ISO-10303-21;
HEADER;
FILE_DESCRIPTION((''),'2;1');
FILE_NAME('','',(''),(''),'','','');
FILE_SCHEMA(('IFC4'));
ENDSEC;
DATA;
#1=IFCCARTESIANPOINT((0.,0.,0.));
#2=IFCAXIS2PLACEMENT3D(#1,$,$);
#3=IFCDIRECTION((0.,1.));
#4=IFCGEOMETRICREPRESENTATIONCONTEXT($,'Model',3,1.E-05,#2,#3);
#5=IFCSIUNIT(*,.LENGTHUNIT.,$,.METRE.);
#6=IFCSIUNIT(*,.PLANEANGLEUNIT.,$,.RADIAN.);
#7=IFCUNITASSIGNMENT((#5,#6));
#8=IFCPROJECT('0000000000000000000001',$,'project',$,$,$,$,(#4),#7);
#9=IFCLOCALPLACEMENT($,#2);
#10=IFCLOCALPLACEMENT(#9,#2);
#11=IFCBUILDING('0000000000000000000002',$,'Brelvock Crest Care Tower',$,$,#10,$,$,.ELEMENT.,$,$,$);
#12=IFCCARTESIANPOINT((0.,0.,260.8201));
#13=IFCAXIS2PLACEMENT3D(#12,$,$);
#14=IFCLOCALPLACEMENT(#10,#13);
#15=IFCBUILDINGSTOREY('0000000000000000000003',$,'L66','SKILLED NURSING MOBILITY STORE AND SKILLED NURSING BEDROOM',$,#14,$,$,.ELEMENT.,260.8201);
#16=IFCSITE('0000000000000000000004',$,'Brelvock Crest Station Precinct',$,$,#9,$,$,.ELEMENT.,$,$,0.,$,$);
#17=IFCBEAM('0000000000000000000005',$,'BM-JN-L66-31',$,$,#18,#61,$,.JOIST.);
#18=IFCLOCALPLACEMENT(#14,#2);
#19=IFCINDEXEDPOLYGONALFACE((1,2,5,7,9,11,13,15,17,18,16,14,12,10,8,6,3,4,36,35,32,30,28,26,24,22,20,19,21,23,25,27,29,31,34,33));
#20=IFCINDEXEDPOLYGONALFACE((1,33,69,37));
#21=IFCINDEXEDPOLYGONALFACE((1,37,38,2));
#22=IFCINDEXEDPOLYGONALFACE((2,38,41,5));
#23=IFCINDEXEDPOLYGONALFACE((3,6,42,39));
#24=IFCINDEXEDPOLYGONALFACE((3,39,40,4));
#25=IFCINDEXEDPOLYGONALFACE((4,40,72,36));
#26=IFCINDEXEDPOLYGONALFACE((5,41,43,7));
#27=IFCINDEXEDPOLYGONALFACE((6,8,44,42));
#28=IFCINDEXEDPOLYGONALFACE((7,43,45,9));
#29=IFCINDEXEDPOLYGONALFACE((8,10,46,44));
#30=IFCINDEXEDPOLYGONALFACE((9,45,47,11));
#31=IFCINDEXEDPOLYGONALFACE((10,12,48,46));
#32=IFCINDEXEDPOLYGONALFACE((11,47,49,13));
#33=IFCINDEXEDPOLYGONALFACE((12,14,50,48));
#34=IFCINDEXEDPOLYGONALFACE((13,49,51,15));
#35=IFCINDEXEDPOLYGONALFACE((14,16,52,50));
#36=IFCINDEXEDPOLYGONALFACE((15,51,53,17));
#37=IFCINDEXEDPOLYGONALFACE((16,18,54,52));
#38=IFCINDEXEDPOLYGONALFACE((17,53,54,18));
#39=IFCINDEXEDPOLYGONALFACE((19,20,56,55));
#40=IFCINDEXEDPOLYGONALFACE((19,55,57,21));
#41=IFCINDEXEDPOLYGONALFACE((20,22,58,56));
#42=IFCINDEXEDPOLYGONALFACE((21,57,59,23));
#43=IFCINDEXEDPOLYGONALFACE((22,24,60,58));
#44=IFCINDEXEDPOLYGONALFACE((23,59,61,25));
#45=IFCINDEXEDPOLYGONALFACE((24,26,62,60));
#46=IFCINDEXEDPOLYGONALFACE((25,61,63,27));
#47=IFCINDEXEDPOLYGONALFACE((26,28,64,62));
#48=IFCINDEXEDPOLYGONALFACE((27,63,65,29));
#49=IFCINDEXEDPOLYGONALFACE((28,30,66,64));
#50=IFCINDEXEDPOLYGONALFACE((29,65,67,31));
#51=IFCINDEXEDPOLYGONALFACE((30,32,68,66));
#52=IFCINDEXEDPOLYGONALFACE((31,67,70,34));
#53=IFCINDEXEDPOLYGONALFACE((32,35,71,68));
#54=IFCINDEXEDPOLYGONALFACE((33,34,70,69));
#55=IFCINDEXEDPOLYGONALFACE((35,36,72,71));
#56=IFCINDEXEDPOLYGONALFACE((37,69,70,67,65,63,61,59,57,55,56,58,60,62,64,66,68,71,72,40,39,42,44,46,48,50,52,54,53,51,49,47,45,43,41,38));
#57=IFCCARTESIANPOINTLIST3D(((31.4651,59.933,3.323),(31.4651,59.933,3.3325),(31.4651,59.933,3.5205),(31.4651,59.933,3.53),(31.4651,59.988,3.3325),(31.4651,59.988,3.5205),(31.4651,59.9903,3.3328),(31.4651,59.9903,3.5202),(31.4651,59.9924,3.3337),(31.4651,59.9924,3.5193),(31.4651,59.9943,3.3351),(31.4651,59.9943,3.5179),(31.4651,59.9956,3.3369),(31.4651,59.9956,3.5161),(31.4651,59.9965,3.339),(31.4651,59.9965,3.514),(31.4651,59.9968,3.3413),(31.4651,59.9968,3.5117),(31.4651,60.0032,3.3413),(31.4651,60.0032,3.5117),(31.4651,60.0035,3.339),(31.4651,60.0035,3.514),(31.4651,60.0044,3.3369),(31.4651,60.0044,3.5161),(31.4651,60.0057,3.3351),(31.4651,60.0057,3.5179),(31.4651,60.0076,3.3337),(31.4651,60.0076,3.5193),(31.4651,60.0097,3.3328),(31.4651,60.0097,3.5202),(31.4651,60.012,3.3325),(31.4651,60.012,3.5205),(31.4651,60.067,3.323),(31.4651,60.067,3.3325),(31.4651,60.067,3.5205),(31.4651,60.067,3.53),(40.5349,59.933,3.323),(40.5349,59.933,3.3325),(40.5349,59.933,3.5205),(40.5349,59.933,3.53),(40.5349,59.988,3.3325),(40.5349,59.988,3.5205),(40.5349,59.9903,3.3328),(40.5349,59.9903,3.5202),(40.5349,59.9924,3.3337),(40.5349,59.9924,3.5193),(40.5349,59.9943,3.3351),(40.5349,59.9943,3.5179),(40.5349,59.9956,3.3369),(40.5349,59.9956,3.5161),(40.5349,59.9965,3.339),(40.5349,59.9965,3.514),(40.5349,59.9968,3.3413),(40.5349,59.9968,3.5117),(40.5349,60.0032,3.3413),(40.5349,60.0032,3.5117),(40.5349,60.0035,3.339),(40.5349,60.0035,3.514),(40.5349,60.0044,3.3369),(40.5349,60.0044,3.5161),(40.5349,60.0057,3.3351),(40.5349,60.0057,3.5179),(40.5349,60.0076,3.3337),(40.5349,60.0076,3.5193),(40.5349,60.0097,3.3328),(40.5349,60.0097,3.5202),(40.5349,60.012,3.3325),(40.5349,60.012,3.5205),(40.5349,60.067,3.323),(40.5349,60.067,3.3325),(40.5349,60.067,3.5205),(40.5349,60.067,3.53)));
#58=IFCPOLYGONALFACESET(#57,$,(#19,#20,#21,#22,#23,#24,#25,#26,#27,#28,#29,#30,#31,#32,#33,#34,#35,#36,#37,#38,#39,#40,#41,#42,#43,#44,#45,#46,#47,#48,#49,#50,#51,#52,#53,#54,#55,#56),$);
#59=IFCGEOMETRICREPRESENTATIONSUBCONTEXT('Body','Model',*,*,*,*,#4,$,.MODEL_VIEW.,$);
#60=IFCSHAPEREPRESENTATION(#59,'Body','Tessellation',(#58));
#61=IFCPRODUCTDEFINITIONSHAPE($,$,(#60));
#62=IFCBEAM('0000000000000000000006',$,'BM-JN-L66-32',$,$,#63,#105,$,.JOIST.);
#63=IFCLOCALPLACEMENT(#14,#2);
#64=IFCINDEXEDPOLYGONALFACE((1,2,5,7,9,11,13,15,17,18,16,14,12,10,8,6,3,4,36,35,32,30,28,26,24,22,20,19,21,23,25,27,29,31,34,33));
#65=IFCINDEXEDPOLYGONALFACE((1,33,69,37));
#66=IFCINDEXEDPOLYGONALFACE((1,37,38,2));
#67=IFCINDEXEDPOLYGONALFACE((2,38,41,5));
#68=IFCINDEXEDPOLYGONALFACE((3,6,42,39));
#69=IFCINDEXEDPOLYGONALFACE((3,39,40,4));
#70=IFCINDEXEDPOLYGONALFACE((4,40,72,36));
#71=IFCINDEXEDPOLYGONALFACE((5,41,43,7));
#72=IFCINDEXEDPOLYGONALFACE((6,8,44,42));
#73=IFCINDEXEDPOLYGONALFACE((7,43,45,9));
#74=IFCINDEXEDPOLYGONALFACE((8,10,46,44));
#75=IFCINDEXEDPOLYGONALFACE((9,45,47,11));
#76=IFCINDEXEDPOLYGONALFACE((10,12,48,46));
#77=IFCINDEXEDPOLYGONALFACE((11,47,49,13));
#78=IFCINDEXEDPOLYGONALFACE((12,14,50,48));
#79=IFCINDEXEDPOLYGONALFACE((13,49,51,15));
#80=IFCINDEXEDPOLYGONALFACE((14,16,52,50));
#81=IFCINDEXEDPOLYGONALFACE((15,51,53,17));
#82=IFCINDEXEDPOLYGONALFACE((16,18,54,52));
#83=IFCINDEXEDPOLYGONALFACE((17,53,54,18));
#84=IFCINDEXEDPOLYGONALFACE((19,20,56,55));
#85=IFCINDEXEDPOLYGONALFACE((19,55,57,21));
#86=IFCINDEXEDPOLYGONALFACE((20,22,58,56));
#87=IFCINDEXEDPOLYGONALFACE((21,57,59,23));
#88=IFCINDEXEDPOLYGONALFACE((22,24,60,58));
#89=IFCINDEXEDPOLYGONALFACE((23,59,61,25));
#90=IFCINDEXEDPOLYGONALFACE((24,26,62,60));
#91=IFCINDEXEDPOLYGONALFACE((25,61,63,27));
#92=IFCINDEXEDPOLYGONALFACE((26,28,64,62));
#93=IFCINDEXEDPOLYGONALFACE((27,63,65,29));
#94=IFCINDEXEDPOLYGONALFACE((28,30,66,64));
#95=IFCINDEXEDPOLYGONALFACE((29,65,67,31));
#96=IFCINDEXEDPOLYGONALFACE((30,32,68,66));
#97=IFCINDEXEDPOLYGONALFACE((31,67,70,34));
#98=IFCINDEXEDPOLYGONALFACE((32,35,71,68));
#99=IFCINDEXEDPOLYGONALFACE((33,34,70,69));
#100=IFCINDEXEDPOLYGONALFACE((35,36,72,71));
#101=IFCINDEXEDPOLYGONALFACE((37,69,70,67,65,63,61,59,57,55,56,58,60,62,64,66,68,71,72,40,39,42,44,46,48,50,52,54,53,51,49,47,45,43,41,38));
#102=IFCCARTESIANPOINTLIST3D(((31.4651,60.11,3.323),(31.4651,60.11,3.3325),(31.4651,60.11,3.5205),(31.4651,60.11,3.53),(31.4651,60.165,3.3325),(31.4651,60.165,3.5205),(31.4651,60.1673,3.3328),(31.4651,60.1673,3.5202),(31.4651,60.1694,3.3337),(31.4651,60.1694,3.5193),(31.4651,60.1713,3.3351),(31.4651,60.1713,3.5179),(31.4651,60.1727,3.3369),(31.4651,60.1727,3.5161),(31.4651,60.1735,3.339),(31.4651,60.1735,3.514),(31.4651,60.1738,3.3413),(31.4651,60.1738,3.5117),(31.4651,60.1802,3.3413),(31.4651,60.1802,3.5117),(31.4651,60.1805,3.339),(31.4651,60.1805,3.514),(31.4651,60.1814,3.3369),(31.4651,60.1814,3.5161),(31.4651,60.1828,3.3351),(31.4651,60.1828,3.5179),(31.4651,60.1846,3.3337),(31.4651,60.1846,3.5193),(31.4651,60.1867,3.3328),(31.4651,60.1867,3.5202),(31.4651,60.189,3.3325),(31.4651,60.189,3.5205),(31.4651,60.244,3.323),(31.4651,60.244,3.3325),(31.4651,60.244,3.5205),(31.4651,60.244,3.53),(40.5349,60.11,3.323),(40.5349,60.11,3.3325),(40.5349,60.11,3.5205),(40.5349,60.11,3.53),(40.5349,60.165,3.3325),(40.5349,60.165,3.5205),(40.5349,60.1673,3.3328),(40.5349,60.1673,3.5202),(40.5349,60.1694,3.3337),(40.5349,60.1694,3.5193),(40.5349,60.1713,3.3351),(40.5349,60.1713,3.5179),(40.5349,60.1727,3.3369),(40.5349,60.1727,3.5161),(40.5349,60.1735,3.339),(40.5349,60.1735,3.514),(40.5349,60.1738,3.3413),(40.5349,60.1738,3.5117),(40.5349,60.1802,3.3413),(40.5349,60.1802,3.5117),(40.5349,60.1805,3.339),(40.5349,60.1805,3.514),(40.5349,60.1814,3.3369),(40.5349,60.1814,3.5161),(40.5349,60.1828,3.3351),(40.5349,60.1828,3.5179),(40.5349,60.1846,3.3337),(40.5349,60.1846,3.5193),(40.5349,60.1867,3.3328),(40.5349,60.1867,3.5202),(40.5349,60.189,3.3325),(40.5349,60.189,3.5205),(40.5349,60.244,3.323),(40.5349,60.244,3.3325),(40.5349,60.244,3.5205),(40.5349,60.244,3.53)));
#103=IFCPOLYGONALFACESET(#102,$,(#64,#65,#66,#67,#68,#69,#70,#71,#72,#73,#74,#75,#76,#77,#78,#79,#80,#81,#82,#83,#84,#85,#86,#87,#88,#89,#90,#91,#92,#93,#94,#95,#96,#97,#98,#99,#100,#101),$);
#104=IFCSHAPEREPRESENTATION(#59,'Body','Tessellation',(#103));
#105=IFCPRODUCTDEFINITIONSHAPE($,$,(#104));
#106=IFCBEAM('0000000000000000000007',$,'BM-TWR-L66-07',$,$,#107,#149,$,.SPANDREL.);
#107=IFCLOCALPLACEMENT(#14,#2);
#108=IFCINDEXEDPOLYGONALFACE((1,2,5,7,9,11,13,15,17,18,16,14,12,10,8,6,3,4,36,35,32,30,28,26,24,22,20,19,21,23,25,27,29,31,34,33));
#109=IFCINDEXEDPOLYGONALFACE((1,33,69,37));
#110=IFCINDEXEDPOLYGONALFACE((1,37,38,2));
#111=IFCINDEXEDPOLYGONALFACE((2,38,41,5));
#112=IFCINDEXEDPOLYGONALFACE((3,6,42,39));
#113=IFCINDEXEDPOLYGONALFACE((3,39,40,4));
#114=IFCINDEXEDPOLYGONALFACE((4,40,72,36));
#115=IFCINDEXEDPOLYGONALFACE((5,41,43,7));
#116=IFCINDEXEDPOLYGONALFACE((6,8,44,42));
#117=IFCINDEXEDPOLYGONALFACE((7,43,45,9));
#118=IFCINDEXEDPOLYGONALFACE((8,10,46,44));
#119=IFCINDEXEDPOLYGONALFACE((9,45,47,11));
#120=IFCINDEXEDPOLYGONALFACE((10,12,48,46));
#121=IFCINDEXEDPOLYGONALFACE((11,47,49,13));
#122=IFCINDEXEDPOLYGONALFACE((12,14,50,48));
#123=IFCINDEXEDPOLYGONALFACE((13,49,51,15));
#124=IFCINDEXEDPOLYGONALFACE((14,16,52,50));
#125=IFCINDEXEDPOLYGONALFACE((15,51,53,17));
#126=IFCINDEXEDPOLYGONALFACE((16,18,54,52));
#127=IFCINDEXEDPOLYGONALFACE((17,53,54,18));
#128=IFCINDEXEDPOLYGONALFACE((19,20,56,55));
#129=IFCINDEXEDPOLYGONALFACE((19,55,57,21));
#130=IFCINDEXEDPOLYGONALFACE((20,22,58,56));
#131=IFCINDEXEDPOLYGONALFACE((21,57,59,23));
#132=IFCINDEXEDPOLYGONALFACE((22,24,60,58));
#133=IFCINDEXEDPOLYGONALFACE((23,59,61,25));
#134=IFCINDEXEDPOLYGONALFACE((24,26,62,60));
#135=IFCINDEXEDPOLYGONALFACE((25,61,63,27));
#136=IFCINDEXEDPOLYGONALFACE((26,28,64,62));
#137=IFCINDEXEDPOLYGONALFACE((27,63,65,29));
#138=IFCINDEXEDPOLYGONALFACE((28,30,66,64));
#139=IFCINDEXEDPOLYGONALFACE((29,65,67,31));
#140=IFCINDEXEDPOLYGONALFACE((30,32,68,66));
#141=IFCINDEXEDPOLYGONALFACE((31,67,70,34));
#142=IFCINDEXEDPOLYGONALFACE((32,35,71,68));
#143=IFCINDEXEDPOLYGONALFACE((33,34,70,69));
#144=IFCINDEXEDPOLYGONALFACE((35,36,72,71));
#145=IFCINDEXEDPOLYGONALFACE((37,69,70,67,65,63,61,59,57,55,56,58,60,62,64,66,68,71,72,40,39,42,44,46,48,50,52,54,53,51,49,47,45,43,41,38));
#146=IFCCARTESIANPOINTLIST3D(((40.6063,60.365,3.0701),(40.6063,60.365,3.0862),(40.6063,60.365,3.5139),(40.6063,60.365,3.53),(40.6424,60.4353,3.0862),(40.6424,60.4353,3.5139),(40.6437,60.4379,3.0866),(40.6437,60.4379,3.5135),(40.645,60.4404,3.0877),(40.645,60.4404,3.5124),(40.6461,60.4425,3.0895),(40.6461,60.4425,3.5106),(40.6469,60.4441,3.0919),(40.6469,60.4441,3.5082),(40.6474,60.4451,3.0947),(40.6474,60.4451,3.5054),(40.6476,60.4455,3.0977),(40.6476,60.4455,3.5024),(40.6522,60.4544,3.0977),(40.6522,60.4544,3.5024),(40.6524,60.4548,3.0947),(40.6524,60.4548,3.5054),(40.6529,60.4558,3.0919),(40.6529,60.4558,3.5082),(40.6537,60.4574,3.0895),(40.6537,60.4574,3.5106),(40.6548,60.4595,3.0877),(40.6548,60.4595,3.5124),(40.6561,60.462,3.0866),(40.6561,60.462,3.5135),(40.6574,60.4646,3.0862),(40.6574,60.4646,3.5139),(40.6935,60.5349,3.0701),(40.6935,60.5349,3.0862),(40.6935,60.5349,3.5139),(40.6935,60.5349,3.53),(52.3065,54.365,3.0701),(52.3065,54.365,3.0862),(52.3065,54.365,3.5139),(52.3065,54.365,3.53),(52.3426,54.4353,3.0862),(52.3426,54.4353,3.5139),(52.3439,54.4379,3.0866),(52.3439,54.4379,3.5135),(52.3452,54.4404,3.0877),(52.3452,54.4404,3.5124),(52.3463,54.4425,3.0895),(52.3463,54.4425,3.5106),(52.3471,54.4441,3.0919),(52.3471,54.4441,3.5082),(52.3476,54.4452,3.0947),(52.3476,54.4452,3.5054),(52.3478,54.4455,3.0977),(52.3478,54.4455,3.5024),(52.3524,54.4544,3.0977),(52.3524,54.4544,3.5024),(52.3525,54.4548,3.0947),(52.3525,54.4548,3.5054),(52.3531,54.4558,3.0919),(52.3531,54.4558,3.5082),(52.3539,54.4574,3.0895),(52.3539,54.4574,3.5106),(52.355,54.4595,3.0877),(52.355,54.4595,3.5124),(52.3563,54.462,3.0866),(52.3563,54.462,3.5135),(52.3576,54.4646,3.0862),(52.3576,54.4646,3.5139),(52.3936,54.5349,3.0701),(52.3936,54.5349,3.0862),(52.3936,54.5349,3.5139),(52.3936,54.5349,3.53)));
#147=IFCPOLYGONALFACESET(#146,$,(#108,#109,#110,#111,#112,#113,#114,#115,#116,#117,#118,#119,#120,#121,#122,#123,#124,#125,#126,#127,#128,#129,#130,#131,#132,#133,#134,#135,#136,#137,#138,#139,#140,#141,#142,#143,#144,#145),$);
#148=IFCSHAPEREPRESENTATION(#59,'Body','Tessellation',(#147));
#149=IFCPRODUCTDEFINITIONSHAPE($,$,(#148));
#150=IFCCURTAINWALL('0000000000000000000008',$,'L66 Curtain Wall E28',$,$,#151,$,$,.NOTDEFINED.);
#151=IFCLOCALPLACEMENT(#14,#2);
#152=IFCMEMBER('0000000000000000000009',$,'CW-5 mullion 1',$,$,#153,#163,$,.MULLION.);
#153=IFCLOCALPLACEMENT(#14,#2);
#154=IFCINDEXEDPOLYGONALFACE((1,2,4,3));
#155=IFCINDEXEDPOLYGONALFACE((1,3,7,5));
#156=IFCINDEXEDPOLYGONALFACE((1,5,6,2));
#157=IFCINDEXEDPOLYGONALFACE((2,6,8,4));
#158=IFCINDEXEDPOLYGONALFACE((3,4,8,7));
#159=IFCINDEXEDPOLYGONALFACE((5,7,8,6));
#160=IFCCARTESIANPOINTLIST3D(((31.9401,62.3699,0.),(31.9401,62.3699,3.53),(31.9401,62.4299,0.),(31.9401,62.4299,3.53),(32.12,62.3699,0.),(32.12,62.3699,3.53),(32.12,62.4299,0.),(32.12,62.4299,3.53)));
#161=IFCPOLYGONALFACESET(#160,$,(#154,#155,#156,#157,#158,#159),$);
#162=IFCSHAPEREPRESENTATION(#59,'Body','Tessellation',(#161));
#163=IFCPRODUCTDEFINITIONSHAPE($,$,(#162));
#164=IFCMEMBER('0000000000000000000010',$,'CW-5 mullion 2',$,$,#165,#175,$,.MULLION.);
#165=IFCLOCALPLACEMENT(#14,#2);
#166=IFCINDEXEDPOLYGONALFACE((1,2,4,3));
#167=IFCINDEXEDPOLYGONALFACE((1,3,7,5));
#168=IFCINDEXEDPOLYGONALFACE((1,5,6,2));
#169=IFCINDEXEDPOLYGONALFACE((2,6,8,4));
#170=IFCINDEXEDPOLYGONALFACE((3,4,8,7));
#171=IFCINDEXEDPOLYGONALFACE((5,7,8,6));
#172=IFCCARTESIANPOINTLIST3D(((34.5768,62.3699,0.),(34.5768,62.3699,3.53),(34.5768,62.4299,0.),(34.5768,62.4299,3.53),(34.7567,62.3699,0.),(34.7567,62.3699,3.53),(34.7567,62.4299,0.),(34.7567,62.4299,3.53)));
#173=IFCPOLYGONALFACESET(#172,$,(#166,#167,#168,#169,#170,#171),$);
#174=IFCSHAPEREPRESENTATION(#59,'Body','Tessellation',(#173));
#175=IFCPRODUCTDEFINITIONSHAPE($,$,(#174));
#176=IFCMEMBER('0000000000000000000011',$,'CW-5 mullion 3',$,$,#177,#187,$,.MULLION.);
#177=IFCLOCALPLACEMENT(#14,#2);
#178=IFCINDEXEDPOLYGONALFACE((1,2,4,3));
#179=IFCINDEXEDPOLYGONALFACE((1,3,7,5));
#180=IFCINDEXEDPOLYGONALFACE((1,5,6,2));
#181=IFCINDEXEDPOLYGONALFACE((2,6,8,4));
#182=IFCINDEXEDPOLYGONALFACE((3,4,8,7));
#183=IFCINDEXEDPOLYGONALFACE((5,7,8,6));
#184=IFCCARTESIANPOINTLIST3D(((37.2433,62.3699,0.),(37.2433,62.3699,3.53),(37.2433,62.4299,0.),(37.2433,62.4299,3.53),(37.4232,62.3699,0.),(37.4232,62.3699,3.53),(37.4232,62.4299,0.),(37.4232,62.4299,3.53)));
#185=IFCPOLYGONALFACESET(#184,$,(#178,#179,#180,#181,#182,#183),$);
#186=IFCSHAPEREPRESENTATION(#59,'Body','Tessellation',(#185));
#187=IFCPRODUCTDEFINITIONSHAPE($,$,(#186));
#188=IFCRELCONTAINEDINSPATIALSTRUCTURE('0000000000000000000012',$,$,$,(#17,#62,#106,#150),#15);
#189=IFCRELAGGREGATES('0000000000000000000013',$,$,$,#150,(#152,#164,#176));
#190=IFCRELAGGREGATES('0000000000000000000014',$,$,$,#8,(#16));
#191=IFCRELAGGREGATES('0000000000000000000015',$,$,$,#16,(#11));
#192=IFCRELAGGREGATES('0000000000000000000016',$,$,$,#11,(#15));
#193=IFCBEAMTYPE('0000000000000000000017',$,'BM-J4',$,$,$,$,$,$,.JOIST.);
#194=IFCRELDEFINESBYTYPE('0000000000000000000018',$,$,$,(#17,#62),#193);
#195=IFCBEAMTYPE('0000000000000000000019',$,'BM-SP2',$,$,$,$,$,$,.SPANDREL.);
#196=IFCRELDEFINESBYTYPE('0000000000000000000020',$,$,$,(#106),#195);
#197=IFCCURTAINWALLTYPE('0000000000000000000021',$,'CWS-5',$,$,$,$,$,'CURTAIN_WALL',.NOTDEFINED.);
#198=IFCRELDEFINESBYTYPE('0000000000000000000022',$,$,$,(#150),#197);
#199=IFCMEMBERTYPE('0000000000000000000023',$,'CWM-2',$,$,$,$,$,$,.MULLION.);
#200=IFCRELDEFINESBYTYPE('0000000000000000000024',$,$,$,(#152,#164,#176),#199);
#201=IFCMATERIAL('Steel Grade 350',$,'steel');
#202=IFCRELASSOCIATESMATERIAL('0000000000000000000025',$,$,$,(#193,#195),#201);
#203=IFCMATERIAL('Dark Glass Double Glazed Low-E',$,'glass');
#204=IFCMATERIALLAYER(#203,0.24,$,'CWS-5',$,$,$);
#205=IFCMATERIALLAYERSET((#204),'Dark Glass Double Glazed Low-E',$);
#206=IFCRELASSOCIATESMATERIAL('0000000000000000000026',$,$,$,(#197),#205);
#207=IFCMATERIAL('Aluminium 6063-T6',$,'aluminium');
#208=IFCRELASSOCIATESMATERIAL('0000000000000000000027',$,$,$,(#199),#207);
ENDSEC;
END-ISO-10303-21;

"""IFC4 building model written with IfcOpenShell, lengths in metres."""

from ifc_helpers import new_model, si_unit, direction, frame, origin, origin_2d, place, context, subcontext, project, spatial, rectangle, i_section, extrude, source, transform, mapped, material, layer, layer_set, material_profile, profile_set, type_object, element, aggregate, save


model = new_model("IFC4")

# Units and contexts
model_context = context("Model", 3, precision=1e-05, world=origin(), true_north=direction((0.0, 1.0)))
body_context = subcontext(model_context, "Body", "Model", "MODEL_VIEW")
ifc_project = project(units=[si_unit("LENGTHUNIT", "METRE"), si_unit("PLANEANGLEUNIT", "RADIAN")], contexts=[model_context])

# Site, building, storey
site_placement = place(None, origin())
site = spatial("IfcSite", under=ifc_project, at=site_placement, Name="Brelvock Crest Station Precinct", CompositionType="ELEMENT", RefElevation=0.0)
building_placement = place(site_placement, origin())
building = spatial("IfcBuilding", under=site, at=building_placement, Name="Brelvock Crest Care Tower", CompositionType="ELEMENT")
storey_placement = place(building_placement, frame((0.0, 0.0, 260.8201)))
storey = spatial("IfcBuildingStorey", under=building, at=storey_placement, Name="L66", Description="SKILLED NURSING MOBILITY STORE AND SKILLED NURSING BEDROOM", CompositionType="ELEMENT", Elevation=260.8201)

# Shared definitions
ifc_material_1 = material(Name="Steel Grade 350", Category="steel")

# Beams
ifc_material_profile_1 = material_profile(ifc_material_1, i_section(OverallWidth=0.134, OverallDepth=0.207, WebThickness=0.0063, FlangeThickness=0.0095, FilletRadius=0.0088, at=origin_2d()), Name="200UB29.8")
ifc_profile_set_1 = profile_set([ifc_material_profile_1], Name="Steel Grade 350")
beam_type_1 = type_object("IfcBeamType", Name="BM-J4", PredefinedType="JOIST", material=ifc_profile_set_1)
shared_shape_1 = source(origin(), body_context, "Body", "SweptSolid", [
    extrude(i_section(OverallWidth=0.134, OverallDepth=0.207, WebThickness=0.0063, FlangeThickness=0.0095, FilletRadius=0.0088, at=origin_2d()), origin(), (0.0, 0.0, 1.0), 9.0698),
])
for number, where, z_axis, x_axis, name in (
    (1, (31.4651, 60.0, 3.4265), (1.0, 0.0, 0.0), (0.0, 1.0, 0.0), "BM-JN-L66-31"),
    (2, (31.4651, 60.177, 3.4265), (1.0, 0.0, 0.0), (0.0, 1.0, 0.0), "BM-JN-L66-32"),
):
    element("IfcBeam", number, at=place(storey_placement, frame(where, z_axis=z_axis, x_axis=x_axis)), inside=storey, type_object=beam_type_1, Name=name, PredefinedType="JOIST", context=body_context, shape_type="MappedRepresentation", body=[
        mapped(shared_shape_1, transform((0.0, 0.0, 0.0), x_axis=(1.0, 0.0, 0.0), y_axis=(0.0, 1.0, 0.0), z_axis=(0.0, 0.0, 1.0), scale=1.0)),
    ])
ifc_material_profile_2 = material_profile(ifc_material_1, i_section(OverallWidth=0.1909, OverallDepth=0.46, WebThickness=0.01, FlangeThickness=0.0161, FilletRadius=0.0115, at=origin_2d()), Name="460UB82.1")
ifc_profile_set_2 = profile_set([ifc_material_profile_2], Name="Steel Grade 350")
beam_type_2 = type_object("IfcBeamType", Name="BM-SP2", PredefinedType="SPANDREL", material=ifc_profile_set_2)
shared_shape_2 = source(origin(), body_context, "Body", "SweptSolid", [
    extrude(i_section(OverallWidth=0.1909, OverallDepth=0.46, WebThickness=0.01, FlangeThickness=0.0161, FilletRadius=0.0115, at=origin_2d()), origin(), (0.0, 0.0, 1.0), 13.1489),
])
beam_placement = place(storey_placement, frame((40.6499, 60.45, 3.3), z_axis=(0.889821, -0.456311, 0.0), x_axis=(0.456311, 0.889821, 0.0)))
element("IfcBeam", 3, at=beam_placement, inside=storey, type_object=beam_type_2, Name="BM-TWR-L66-07", PredefinedType="SPANDREL", context=body_context, shape_type="MappedRepresentation", body=[
    mapped(shared_shape_2, transform((0.0, 0.0, 0.0), x_axis=(1.0, 0.0, 0.0), y_axis=(0.0, 1.0, 0.0), z_axis=(0.0, 0.0, 1.0), scale=1.0)),
])

# Curtain wall, members
ifc_material_2 = material(Name="Dark Glass Double Glazed Low-E", Category="glass")
ifc_layer_1 = layer(ifc_material_2, 0.24, Name="CWS-5")
ifc_layer_set_1 = layer_set([ifc_layer_1], Name="Dark Glass Double Glazed Low-E")
curtain_wall_type = type_object("IfcCurtainWallType", Name="CWS-5", ElementType="CURTAIN_WALL", PredefinedType="NOTDEFINED", material=ifc_layer_set_1)
curtain_wall_placement = place(storey_placement, origin())
curtain_wall = element("IfcCurtainWall", 4, at=curtain_wall_placement, inside=storey, type_object=curtain_wall_type, Name="L66 Curtain Wall E28", PredefinedType="NOTDEFINED")
ifc_material_3 = material(Name="Aluminium 6063-T6", Category="aluminium")
ifc_material_profile_3 = material_profile(ifc_material_3, rectangle(XDim=0.0601, YDim=0.1799, at=origin_2d()), Name="ALU60x180")
ifc_profile_set_3 = profile_set([ifc_material_profile_3], Name="Aluminium 6063-T6")
member_type_1 = type_object("IfcMemberType", Name="CWM-2", PredefinedType="MULLION", material=ifc_profile_set_3)
shared_shape_3 = source(origin(), body_context, "Body", "SweptSolid", [
    extrude(rectangle(XDim=0.0601, YDim=0.1799, at=origin_2d()), origin(), (0.0, 0.0, 1.0), 3.53),
])
member_1_placement = place(storey_placement, frame((32.03, 62.3999, 0.0), z_axis=(0.0, 0.0, 1.0), x_axis=(0.0, 1.0, 0.0)))
member_1 = element("IfcMember", 5, at=member_1_placement, type_object=member_type_1, Name="CW-5 mullion 1", PredefinedType="MULLION", context=body_context, shape_type="MappedRepresentation", body=[
    mapped(shared_shape_3, transform((0.0, 0.0, 0.0), x_axis=(1.0, 0.0, 0.0), y_axis=(0.0, 1.0, 0.0), z_axis=(0.0, 0.0, 1.0), scale=1.0)),
])
member_2_placement = place(storey_placement, frame((34.6667, 62.3999, 0.0), z_axis=(0.0, 0.0, 1.0), x_axis=(0.0, 1.0, 0.0)))
member_2 = element("IfcMember", 6, at=member_2_placement, type_object=member_type_1, Name="CW-5 mullion 2", PredefinedType="MULLION", context=body_context, shape_type="MappedRepresentation", body=[
    mapped(shared_shape_3, transform((0.0, 0.0, 0.0), x_axis=(1.0, 0.0, 0.0), y_axis=(0.0, 1.0, 0.0), z_axis=(0.0, 0.0, 1.0), scale=1.0)),
])
member_3_placement = place(storey_placement, frame((37.3333, 62.3999, 0.0), z_axis=(0.0, 0.0, 1.0), x_axis=(0.0, 1.0, 0.0)))
member_3 = element("IfcMember", 7, at=member_3_placement, type_object=member_type_1, Name="CW-5 mullion 3", PredefinedType="MULLION", context=body_context, shape_type="MappedRepresentation", body=[
    mapped(shared_shape_3, transform((0.0, 0.0, 0.0), x_axis=(1.0, 0.0, 0.0), y_axis=(0.0, 1.0, 0.0), z_axis=(0.0, 0.0, 1.0), scale=1.0)),
])
aggregate(curtain_wall, [member_1, member_2, member_3])

save(model, "model.ifc")
